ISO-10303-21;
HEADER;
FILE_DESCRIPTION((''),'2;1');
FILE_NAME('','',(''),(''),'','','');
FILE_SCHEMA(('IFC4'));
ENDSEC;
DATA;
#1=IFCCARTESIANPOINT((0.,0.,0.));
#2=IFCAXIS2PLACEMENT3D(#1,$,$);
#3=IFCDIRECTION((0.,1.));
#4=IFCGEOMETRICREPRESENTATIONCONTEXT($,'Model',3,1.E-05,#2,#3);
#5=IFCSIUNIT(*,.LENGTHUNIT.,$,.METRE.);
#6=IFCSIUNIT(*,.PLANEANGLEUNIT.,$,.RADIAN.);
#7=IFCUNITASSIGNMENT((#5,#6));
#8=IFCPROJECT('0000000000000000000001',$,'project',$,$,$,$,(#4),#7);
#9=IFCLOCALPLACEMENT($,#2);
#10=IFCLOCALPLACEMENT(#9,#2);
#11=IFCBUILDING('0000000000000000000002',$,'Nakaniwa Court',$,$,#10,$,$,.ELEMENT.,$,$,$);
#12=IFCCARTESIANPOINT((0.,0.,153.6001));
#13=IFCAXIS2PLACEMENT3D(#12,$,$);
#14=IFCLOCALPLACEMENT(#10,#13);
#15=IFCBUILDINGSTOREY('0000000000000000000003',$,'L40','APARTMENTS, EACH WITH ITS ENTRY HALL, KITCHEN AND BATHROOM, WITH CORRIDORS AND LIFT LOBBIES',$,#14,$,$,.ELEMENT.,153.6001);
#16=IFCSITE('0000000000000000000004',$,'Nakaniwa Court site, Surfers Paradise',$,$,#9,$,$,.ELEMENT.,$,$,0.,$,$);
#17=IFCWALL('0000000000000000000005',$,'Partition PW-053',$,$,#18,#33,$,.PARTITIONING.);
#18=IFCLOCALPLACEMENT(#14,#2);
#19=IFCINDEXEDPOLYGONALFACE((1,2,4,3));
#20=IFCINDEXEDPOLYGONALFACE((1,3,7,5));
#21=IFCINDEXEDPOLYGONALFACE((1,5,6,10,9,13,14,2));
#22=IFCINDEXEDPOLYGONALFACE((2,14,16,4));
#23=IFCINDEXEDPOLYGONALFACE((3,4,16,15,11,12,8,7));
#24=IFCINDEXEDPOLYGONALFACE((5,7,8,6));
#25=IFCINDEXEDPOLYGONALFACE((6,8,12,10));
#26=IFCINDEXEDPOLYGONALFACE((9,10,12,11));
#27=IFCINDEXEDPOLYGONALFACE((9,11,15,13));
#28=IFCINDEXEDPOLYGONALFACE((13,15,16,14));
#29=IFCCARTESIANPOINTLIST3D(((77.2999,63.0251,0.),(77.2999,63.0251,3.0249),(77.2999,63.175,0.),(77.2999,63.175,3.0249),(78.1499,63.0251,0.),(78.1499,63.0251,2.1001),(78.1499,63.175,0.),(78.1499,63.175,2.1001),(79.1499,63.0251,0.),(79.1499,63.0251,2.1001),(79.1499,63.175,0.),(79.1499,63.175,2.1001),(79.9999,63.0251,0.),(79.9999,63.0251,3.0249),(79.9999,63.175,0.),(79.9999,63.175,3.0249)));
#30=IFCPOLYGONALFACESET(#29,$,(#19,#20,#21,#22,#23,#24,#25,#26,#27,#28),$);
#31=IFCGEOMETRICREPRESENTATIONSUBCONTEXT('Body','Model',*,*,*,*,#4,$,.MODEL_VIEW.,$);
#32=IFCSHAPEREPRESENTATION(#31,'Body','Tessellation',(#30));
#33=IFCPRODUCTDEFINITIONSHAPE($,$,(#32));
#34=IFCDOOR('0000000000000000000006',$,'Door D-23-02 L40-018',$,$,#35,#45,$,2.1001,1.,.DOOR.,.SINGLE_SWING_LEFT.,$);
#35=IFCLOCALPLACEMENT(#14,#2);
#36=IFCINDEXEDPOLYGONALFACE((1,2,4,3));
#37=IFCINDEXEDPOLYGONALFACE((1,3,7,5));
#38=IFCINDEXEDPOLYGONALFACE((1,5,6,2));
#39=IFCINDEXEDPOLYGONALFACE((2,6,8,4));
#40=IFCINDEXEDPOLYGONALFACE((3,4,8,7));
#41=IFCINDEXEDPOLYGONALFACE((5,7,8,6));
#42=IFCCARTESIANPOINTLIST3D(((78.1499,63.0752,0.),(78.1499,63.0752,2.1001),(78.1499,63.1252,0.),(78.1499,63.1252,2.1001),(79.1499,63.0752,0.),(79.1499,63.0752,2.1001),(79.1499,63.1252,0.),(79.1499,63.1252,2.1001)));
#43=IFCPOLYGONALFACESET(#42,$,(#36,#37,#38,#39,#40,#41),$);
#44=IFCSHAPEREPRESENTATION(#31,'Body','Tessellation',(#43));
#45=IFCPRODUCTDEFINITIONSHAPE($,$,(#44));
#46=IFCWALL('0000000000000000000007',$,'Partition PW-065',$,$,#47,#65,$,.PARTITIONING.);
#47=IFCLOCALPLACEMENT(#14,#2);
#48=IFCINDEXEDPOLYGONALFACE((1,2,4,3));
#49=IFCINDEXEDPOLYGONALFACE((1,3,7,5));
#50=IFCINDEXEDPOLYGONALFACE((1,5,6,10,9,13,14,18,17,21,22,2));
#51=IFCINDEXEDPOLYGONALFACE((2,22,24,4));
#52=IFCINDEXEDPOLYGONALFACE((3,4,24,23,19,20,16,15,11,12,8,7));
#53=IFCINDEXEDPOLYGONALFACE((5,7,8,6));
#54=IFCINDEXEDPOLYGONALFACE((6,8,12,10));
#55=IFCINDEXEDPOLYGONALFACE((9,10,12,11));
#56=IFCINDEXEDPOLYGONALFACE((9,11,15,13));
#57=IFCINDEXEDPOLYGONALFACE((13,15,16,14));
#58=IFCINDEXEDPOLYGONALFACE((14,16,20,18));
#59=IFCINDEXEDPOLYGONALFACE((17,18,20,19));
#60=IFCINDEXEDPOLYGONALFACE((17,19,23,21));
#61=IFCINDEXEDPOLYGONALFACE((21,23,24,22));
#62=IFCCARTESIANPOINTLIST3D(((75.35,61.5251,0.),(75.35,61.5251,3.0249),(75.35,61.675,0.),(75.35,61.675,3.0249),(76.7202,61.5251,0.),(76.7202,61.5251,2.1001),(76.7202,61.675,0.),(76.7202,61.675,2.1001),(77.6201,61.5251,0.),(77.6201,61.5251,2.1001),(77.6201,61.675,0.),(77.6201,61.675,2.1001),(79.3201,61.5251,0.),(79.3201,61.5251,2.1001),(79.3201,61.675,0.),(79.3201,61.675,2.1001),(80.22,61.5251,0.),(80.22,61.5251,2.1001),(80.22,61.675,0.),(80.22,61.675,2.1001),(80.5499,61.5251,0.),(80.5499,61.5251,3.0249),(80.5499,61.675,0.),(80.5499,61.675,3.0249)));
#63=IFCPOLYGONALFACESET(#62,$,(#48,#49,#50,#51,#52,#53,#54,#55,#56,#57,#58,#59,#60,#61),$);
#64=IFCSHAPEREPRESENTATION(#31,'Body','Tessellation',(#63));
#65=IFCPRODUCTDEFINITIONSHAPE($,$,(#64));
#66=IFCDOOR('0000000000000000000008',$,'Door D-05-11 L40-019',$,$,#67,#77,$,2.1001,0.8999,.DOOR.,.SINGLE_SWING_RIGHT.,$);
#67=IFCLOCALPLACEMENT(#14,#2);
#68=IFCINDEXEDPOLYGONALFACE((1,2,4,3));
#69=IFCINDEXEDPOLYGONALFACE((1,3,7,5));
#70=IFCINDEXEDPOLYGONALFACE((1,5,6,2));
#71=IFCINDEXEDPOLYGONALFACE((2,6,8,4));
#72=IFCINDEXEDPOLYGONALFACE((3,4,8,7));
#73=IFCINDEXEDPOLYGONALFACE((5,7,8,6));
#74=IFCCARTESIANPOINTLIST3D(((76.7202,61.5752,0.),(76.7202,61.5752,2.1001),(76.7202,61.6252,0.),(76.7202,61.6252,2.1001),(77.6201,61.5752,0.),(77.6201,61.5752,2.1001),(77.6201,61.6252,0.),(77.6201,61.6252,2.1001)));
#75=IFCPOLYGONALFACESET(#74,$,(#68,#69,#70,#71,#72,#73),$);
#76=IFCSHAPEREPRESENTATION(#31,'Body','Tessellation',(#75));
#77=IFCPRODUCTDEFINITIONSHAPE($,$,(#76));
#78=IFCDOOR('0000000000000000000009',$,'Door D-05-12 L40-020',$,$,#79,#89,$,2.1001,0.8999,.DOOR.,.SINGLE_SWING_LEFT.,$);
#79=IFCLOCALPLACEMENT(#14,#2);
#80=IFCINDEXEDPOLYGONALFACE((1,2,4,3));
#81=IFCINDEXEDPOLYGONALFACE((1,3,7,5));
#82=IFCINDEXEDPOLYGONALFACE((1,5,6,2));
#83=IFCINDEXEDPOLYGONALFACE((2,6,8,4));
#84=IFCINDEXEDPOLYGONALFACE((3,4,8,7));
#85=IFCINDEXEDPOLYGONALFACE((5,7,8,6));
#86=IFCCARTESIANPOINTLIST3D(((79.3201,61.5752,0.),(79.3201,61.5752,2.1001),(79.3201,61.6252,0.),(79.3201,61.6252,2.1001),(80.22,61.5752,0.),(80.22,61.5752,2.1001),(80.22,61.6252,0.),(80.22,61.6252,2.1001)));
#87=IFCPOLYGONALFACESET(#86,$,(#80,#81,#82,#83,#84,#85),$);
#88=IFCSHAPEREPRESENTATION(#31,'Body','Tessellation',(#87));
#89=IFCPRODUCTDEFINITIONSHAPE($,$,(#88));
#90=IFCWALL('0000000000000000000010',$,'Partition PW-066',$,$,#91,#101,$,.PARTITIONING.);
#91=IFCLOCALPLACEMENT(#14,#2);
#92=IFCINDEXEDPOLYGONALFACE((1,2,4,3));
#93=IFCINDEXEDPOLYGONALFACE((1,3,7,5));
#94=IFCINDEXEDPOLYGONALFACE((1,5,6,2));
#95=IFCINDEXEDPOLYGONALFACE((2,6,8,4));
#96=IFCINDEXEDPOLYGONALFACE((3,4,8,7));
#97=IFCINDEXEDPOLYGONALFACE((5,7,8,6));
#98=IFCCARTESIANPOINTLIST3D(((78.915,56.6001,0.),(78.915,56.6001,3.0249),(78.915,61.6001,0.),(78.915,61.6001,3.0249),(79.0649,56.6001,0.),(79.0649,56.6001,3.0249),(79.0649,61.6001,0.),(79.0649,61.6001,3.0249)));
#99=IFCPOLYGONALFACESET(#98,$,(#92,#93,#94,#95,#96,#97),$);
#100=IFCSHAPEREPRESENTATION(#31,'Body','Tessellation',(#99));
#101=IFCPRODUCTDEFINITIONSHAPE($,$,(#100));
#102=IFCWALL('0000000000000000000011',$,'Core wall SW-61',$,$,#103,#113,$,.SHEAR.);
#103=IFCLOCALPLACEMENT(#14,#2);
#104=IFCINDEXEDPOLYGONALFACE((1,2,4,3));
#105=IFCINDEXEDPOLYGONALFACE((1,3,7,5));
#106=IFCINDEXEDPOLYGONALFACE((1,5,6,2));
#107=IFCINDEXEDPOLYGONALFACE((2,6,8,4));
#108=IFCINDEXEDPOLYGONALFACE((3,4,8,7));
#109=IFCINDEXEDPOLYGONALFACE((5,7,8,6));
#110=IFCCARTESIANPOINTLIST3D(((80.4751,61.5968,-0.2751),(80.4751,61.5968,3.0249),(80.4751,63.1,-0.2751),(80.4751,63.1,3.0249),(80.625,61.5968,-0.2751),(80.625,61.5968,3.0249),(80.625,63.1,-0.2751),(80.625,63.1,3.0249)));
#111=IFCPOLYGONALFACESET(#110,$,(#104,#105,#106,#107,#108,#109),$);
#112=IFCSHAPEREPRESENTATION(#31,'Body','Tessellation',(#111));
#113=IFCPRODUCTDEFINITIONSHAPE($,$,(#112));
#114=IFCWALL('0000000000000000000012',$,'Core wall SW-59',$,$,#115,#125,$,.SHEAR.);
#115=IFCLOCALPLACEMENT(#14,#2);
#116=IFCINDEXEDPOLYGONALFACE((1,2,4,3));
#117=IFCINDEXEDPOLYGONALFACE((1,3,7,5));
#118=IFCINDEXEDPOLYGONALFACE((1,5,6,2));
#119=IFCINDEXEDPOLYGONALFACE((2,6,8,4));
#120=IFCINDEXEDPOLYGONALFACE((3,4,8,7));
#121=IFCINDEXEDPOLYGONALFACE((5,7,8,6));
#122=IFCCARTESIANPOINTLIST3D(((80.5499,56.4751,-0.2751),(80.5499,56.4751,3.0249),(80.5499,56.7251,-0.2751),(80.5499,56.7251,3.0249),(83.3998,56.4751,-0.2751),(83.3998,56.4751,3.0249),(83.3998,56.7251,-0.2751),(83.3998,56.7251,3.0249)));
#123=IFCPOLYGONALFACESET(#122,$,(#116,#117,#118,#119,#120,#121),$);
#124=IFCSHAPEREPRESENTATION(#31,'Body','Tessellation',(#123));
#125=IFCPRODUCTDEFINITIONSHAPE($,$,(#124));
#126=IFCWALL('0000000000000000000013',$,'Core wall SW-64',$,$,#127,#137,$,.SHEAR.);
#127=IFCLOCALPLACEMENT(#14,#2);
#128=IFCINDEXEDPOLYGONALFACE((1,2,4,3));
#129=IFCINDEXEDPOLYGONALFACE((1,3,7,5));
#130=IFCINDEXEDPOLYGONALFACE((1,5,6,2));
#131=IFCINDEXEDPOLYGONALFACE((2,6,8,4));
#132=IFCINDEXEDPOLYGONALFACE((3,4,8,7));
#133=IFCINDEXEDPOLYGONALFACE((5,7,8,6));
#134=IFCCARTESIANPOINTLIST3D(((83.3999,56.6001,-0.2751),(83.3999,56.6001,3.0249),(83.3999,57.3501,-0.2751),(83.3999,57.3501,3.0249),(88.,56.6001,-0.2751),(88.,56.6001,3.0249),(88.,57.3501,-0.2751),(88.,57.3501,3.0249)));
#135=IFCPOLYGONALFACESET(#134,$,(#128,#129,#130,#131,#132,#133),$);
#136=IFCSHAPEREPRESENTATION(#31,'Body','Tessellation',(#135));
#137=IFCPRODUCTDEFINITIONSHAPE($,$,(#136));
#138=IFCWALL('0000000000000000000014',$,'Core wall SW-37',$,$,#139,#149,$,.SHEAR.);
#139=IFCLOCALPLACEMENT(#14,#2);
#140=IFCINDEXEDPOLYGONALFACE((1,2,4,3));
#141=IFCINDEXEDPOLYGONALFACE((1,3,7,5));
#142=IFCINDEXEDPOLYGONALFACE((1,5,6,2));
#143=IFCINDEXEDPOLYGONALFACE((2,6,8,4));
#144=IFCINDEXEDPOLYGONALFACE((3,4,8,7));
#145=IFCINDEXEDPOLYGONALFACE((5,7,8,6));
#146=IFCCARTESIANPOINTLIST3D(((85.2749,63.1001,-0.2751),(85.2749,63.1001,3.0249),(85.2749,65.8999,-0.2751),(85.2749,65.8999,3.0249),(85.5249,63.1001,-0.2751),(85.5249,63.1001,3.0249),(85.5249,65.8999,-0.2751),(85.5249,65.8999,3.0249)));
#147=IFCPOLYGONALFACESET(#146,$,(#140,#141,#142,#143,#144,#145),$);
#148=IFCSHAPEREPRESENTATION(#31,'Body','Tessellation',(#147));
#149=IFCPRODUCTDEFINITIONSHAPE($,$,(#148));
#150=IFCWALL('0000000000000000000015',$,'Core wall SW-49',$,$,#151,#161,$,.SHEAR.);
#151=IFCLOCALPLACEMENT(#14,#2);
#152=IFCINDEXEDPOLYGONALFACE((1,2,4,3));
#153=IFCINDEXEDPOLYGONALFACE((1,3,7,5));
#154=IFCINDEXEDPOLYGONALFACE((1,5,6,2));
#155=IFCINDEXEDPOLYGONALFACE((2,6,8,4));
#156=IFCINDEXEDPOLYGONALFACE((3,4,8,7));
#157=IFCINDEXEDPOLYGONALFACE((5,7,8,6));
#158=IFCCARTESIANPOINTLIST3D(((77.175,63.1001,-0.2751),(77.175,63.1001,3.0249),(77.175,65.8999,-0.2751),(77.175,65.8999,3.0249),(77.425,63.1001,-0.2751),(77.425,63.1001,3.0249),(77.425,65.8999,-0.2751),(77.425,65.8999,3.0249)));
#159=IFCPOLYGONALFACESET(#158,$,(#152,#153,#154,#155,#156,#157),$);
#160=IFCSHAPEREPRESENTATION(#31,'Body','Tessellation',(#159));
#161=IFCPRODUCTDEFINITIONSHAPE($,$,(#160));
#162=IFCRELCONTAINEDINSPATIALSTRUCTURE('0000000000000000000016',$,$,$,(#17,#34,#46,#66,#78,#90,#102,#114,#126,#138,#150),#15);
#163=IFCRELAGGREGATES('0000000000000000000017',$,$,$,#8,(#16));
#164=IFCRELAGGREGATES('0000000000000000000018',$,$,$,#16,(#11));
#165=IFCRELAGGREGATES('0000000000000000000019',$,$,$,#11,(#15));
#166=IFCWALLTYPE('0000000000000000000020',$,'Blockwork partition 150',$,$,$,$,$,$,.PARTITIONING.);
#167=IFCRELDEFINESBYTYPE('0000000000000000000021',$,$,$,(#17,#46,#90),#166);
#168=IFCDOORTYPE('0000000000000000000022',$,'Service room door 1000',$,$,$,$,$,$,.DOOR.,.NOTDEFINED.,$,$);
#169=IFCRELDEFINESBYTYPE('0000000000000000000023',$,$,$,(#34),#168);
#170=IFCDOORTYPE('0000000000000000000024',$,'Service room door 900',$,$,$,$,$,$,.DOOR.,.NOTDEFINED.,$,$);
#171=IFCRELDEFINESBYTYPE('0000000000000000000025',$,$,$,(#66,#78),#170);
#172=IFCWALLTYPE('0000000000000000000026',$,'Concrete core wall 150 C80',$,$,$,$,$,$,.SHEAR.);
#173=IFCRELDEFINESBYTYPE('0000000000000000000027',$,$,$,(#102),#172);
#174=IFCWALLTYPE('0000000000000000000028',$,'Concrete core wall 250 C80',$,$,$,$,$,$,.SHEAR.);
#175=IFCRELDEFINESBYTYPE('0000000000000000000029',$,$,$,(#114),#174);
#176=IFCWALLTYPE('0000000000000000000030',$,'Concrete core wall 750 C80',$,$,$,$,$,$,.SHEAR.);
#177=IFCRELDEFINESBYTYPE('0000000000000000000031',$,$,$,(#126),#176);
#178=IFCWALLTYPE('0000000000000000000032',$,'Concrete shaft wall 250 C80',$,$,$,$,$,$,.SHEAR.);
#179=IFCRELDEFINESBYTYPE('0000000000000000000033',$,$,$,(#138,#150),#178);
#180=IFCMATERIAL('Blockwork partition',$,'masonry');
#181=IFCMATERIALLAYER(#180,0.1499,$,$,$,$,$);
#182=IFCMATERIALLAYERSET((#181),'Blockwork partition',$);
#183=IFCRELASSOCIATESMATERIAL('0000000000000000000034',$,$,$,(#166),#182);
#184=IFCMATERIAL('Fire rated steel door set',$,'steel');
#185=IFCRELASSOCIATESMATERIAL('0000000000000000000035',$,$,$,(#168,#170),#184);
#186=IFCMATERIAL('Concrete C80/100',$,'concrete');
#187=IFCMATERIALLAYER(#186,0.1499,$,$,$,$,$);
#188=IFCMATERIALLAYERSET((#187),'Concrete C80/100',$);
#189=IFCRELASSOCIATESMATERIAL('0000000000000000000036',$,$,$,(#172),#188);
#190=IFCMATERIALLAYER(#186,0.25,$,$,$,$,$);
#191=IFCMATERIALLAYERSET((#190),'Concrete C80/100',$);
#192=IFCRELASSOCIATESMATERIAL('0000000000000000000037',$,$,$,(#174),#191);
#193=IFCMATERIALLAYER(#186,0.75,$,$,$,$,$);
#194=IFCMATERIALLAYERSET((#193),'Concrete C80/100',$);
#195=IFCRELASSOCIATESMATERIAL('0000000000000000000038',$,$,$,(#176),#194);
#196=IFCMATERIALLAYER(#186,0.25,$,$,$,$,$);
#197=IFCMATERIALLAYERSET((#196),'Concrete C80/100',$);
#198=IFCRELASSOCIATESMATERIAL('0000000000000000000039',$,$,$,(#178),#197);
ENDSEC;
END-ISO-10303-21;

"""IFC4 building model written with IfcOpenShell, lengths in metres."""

from ifc_helpers import new_model, si_unit, direction, frame, frame_2d, origin, place, context, subcontext, project, spatial, rectangle, extrude, material, layer, layer_set, type_object, element, fill, save


model = new_model("IFC4")

# Units and contexts
model_context = context("Model", 3, precision=1e-05, world=origin(), true_north=direction((0.0, 1.0)))
body_context = subcontext(model_context, "Body", "Model", "MODEL_VIEW")
ifc_project = project(units=[si_unit("LENGTHUNIT", "METRE"), si_unit("PLANEANGLEUNIT", "RADIAN")], contexts=[model_context])

# Site, building, storey
site_placement = place(None, origin())
site = spatial("IfcSite", under=ifc_project, at=site_placement, Name="Nakaniwa Court site, Surfers Paradise", CompositionType="ELEMENT", RefElevation=0.0)
building_placement = place(site_placement, origin())
building = spatial("IfcBuilding", under=site, at=building_placement, Name="Nakaniwa Court", CompositionType="ELEMENT")
storey_placement = place(building_placement, frame((0.0, 0.0, 153.6001)))
storey = spatial("IfcBuildingStorey", under=building, at=storey_placement, Name="L40", Description="APARTMENTS, EACH WITH ITS ENTRY HALL, KITCHEN AND BATHROOM, WITH CORRIDORS AND LIFT LOBBIES", CompositionType="ELEMENT", Elevation=153.6001)

# Wall, opening, door
ifc_material_1 = material(Name="Blockwork partition", Category="masonry")
ifc_layer_1 = layer(ifc_material_1, 0.1499)
ifc_layer_set_1 = layer_set([ifc_layer_1], Name="Blockwork partition")
wall_type_1 = type_object("IfcWallType", Name="Blockwork partition 150", PredefinedType="PARTITIONING", material=ifc_layer_set_1)
wall_1_placement = place(storey_placement, frame((80.0, 63.1001, 0.0), z_axis=(0.0, 0.0, 1.0), x_axis=(-1.0, 0.0, 0.0)))
wall_1 = element("IfcWall", 1, at=wall_1_placement, inside=storey, type_object=wall_type_1, Name="Partition PW-053", PredefinedType="PARTITIONING", context=body_context, shape_type="SweptSolid", body=[
    extrude(rectangle(XDim=2.7, YDim=0.1499, at=frame_2d((1.3501, 0.0))), origin(), (0.0, 0.0, 1.0), 3.0249),
])
opening_1_placement = place(wall_1_placement, frame((0.8501, 0.0, 0.0)))
opening_1 = element("IfcOpeningElement", 2, at=opening_1_placement, cuts=wall_1, PredefinedType="OPENING", context=body_context, shape_type="SweptSolid", body=[
    extrude(rectangle(XDim=1.0, YDim=2.1001, at=frame_2d((0.5, 1.05))), frame((0.0, 0.085, 0.0), z_axis=(0.0, -1.0, 0.0), x_axis=(1.0, 0.0, 0.0)), (0.0, 0.0, 1.0), 0.1699),
])
ifc_material_2 = material(Name="Fire rated steel door set", Category="steel")
door_type_1 = type_object("IfcDoorType", Name="Service room door 1000", OperationType="NOTDEFINED", PredefinedType="DOOR", material=ifc_material_2)
door_1_placement = place(opening_1_placement, origin())
door_1 = element("IfcDoor", 3, at=door_1_placement, inside=storey, type_object=door_type_1, Name="Door D-23-02 L40-018", OperationType="SINGLE_SWING_LEFT", OverallHeight=2.1001, OverallWidth=1.0, PredefinedType="DOOR", context=body_context, shape_type="SweptSolid", body=[
    extrude(rectangle(XDim=1.0, YDim=2.1001, at=frame_2d((0.5, 1.05))), frame((0.0, 0.0249, 0.0), z_axis=(0.0, -1.0, 0.0), x_axis=(1.0, 0.0, 0.0)), (0.0, 0.0, 1.0), 0.05),
])
fill(opening_1, door_1)

# Wall, openings, doors
wall_2_placement = place(storey_placement, frame((80.55, 61.6001, 0.0), z_axis=(0.0, 0.0, 1.0), x_axis=(-1.0, 0.0, 0.0)))
wall_2 = element("IfcWall", 4, at=wall_2_placement, inside=storey, type_object=wall_type_1, Name="Partition PW-065", PredefinedType="PARTITIONING", context=body_context, shape_type="SweptSolid", body=[
    extrude(rectangle(XDim=5.2, YDim=0.1499, at=frame_2d((2.6001, 0.0))), origin(), (0.0, 0.0, 1.0), 3.0249),
])
opening_2_placement = place(wall_2_placement, frame((2.9299, 0.0, 0.0)))
opening_2 = element("IfcOpeningElement", 5, at=opening_2_placement, cuts=wall_2, PredefinedType="OPENING", context=body_context, shape_type="SweptSolid", body=[
    extrude(rectangle(XDim=0.8999, YDim=2.1001, at=frame_2d((0.45, 1.05))), frame((0.0, 0.085, 0.0), z_axis=(0.0, -1.0, 0.0), x_axis=(1.0, 0.0, 0.0)), (0.0, 0.0, 1.0), 0.1699),
])
opening_3_placement = place(wall_2_placement, frame((0.3301, 0.0, 0.0)))
opening_3 = element("IfcOpeningElement", 6, at=opening_3_placement, cuts=wall_2, PredefinedType="OPENING", context=body_context, shape_type="SweptSolid", body=[
    extrude(rectangle(XDim=0.8999, YDim=2.1001, at=frame_2d((0.45, 1.05))), frame((0.0, 0.085, 0.0), z_axis=(0.0, -1.0, 0.0), x_axis=(1.0, 0.0, 0.0)), (0.0, 0.0, 1.0), 0.1699),
])
door_type_2 = type_object("IfcDoorType", Name="Service room door 900", OperationType="NOTDEFINED", PredefinedType="DOOR", material=ifc_material_2)
door_2_placement = place(opening_2_placement, origin())
door_2 = element("IfcDoor", 7, at=door_2_placement, inside=storey, type_object=door_type_2, Name="Door D-05-11 L40-019", OperationType="SINGLE_SWING_RIGHT", OverallHeight=2.1001, OverallWidth=0.8999, PredefinedType="DOOR", context=body_context, shape_type="SweptSolid", body=[
    extrude(rectangle(XDim=0.8999, YDim=2.1001, at=frame_2d((0.45, 1.05))), frame((0.0, 0.0249, 0.0), z_axis=(0.0, -1.0, 0.0), x_axis=(1.0, 0.0, 0.0)), (0.0, 0.0, 1.0), 0.05),
])
fill(opening_2, door_2)
door_3_placement = place(opening_3_placement, origin())
door_3 = element("IfcDoor", 8, at=door_3_placement, inside=storey, type_object=door_type_2, Name="Door D-05-12 L40-020", OperationType="SINGLE_SWING_LEFT", OverallHeight=2.1001, OverallWidth=0.8999, PredefinedType="DOOR", context=body_context, shape_type="SweptSolid", body=[
    extrude(rectangle(XDim=0.8999, YDim=2.1001, at=frame_2d((0.45, 1.05))), frame((0.0, 0.0249, 0.0), z_axis=(0.0, -1.0, 0.0), x_axis=(1.0, 0.0, 0.0)), (0.0, 0.0, 1.0), 0.05),
])
fill(opening_3, door_3)

# Walls
wall_3_placement = place(storey_placement, frame((78.99, 56.6001, 0.0), z_axis=(0.0, 0.0, 1.0), x_axis=(0.0, 1.0, 0.0)))
element("IfcWall", 9, at=wall_3_placement, inside=storey, type_object=wall_type_1, Name="Partition PW-066", PredefinedType="PARTITIONING", context=body_context, shape_type="SweptSolid", body=[
    extrude(rectangle(XDim=5.0, YDim=0.1499, at=frame_2d((2.5, 0.0))), origin(), (0.0, 0.0, 1.0), 3.0249),
])
ifc_material_3 = material(Name="Concrete C80/100", Category="concrete")
ifc_layer_2 = layer(ifc_material_3, 0.1499)
ifc_layer_set_2 = layer_set([ifc_layer_2], Name="Concrete C80/100")
wall_type_2 = type_object("IfcWallType", Name="Concrete core wall 150 C80", PredefinedType="SHEAR", material=ifc_layer_set_2)
wall_4_placement = place(storey_placement, frame((80.55, 61.5969, -0.2751), z_axis=(0.0, 0.0, 1.0), x_axis=(0.0, 1.0, 0.0)))
element("IfcWall", 10, at=wall_4_placement, inside=storey, type_object=wall_type_2, Name="Core wall SW-61", PredefinedType="SHEAR", context=body_context, shape_type="SweptSolid", body=[
    extrude(rectangle(XDim=1.5032, YDim=0.1499, at=frame_2d((0.7515, 0.0))), origin(), (0.0, 0.0, 1.0), 3.3),
])
ifc_layer_3 = layer(ifc_material_3, 0.25)
ifc_layer_set_3 = layer_set([ifc_layer_3], Name="Concrete C80/100")
wall_type_3 = type_object("IfcWallType", Name="Concrete core wall 250 C80", PredefinedType="SHEAR", material=ifc_layer_set_3)
wall_5_placement = place(storey_placement, frame((80.55, 56.6001, -0.2751), z_axis=(0.0, 0.0, 1.0), x_axis=(1.0, 0.0, 0.0)))
element("IfcWall", 11, at=wall_5_placement, inside=storey, type_object=wall_type_3, Name="Core wall SW-59", PredefinedType="SHEAR", context=body_context, shape_type="SweptSolid", body=[
    extrude(rectangle(XDim=2.8499, YDim=0.25, at=frame_2d((1.4248, 0.0))), origin(), (0.0, 0.0, 1.0), 3.3),
])
ifc_layer_4 = layer(ifc_material_3, 0.75)
ifc_layer_set_4 = layer_set([ifc_layer_4], Name="Concrete C80/100")
wall_type_4 = type_object("IfcWallType", Name="Concrete core wall 750 C80", PredefinedType="SHEAR", material=ifc_layer_set_4)
wall_6_placement = place(storey_placement, frame((83.3999, 56.9751, -0.2751), z_axis=(0.0, 0.0, 1.0), x_axis=(1.0, 0.0, 0.0)))
element("IfcWall", 12, at=wall_6_placement, inside=storey, type_object=wall_type_4, Name="Core wall SW-64", PredefinedType="SHEAR", context=body_context, shape_type="SweptSolid", body=[
    extrude(rectangle(XDim=4.6001, YDim=0.75, at=frame_2d((2.3, 0.0))), origin(), (0.0, 0.0, 1.0), 3.3),
])
ifc_layer_5 = layer(ifc_material_3, 0.25)
ifc_layer_set_5 = layer_set([ifc_layer_5], Name="Concrete C80/100")
wall_type_5 = type_object("IfcWallType", Name="Concrete shaft wall 250 C80", PredefinedType="SHEAR", material=ifc_layer_set_5)
for number, where, z_axis, x_axis, name in (
    (13, (85.3999, 63.1001, -0.2751), (0.0, 0.0, 1.0), (0.0, 1.0, 0.0), "Core wall SW-37"),
    (14, (77.3, 63.1001, -0.2751), (0.0, 0.0, 1.0), (0.0, 1.0, 0.0), "Core wall SW-49"),
):
    element("IfcWall", number, at=place(storey_placement, frame(where, z_axis=z_axis, x_axis=x_axis)), inside=storey, type_object=wall_type_5, Name=name, PredefinedType="SHEAR", context=body_context, shape_type="SweptSolid", body=[
        extrude(rectangle(XDim=2.7998, YDim=0.25, at=frame_2d((1.3999, 0.0))), origin(), (0.0, 0.0, 1.0), 3.3),
    ])

save(model, "model.ifc")
